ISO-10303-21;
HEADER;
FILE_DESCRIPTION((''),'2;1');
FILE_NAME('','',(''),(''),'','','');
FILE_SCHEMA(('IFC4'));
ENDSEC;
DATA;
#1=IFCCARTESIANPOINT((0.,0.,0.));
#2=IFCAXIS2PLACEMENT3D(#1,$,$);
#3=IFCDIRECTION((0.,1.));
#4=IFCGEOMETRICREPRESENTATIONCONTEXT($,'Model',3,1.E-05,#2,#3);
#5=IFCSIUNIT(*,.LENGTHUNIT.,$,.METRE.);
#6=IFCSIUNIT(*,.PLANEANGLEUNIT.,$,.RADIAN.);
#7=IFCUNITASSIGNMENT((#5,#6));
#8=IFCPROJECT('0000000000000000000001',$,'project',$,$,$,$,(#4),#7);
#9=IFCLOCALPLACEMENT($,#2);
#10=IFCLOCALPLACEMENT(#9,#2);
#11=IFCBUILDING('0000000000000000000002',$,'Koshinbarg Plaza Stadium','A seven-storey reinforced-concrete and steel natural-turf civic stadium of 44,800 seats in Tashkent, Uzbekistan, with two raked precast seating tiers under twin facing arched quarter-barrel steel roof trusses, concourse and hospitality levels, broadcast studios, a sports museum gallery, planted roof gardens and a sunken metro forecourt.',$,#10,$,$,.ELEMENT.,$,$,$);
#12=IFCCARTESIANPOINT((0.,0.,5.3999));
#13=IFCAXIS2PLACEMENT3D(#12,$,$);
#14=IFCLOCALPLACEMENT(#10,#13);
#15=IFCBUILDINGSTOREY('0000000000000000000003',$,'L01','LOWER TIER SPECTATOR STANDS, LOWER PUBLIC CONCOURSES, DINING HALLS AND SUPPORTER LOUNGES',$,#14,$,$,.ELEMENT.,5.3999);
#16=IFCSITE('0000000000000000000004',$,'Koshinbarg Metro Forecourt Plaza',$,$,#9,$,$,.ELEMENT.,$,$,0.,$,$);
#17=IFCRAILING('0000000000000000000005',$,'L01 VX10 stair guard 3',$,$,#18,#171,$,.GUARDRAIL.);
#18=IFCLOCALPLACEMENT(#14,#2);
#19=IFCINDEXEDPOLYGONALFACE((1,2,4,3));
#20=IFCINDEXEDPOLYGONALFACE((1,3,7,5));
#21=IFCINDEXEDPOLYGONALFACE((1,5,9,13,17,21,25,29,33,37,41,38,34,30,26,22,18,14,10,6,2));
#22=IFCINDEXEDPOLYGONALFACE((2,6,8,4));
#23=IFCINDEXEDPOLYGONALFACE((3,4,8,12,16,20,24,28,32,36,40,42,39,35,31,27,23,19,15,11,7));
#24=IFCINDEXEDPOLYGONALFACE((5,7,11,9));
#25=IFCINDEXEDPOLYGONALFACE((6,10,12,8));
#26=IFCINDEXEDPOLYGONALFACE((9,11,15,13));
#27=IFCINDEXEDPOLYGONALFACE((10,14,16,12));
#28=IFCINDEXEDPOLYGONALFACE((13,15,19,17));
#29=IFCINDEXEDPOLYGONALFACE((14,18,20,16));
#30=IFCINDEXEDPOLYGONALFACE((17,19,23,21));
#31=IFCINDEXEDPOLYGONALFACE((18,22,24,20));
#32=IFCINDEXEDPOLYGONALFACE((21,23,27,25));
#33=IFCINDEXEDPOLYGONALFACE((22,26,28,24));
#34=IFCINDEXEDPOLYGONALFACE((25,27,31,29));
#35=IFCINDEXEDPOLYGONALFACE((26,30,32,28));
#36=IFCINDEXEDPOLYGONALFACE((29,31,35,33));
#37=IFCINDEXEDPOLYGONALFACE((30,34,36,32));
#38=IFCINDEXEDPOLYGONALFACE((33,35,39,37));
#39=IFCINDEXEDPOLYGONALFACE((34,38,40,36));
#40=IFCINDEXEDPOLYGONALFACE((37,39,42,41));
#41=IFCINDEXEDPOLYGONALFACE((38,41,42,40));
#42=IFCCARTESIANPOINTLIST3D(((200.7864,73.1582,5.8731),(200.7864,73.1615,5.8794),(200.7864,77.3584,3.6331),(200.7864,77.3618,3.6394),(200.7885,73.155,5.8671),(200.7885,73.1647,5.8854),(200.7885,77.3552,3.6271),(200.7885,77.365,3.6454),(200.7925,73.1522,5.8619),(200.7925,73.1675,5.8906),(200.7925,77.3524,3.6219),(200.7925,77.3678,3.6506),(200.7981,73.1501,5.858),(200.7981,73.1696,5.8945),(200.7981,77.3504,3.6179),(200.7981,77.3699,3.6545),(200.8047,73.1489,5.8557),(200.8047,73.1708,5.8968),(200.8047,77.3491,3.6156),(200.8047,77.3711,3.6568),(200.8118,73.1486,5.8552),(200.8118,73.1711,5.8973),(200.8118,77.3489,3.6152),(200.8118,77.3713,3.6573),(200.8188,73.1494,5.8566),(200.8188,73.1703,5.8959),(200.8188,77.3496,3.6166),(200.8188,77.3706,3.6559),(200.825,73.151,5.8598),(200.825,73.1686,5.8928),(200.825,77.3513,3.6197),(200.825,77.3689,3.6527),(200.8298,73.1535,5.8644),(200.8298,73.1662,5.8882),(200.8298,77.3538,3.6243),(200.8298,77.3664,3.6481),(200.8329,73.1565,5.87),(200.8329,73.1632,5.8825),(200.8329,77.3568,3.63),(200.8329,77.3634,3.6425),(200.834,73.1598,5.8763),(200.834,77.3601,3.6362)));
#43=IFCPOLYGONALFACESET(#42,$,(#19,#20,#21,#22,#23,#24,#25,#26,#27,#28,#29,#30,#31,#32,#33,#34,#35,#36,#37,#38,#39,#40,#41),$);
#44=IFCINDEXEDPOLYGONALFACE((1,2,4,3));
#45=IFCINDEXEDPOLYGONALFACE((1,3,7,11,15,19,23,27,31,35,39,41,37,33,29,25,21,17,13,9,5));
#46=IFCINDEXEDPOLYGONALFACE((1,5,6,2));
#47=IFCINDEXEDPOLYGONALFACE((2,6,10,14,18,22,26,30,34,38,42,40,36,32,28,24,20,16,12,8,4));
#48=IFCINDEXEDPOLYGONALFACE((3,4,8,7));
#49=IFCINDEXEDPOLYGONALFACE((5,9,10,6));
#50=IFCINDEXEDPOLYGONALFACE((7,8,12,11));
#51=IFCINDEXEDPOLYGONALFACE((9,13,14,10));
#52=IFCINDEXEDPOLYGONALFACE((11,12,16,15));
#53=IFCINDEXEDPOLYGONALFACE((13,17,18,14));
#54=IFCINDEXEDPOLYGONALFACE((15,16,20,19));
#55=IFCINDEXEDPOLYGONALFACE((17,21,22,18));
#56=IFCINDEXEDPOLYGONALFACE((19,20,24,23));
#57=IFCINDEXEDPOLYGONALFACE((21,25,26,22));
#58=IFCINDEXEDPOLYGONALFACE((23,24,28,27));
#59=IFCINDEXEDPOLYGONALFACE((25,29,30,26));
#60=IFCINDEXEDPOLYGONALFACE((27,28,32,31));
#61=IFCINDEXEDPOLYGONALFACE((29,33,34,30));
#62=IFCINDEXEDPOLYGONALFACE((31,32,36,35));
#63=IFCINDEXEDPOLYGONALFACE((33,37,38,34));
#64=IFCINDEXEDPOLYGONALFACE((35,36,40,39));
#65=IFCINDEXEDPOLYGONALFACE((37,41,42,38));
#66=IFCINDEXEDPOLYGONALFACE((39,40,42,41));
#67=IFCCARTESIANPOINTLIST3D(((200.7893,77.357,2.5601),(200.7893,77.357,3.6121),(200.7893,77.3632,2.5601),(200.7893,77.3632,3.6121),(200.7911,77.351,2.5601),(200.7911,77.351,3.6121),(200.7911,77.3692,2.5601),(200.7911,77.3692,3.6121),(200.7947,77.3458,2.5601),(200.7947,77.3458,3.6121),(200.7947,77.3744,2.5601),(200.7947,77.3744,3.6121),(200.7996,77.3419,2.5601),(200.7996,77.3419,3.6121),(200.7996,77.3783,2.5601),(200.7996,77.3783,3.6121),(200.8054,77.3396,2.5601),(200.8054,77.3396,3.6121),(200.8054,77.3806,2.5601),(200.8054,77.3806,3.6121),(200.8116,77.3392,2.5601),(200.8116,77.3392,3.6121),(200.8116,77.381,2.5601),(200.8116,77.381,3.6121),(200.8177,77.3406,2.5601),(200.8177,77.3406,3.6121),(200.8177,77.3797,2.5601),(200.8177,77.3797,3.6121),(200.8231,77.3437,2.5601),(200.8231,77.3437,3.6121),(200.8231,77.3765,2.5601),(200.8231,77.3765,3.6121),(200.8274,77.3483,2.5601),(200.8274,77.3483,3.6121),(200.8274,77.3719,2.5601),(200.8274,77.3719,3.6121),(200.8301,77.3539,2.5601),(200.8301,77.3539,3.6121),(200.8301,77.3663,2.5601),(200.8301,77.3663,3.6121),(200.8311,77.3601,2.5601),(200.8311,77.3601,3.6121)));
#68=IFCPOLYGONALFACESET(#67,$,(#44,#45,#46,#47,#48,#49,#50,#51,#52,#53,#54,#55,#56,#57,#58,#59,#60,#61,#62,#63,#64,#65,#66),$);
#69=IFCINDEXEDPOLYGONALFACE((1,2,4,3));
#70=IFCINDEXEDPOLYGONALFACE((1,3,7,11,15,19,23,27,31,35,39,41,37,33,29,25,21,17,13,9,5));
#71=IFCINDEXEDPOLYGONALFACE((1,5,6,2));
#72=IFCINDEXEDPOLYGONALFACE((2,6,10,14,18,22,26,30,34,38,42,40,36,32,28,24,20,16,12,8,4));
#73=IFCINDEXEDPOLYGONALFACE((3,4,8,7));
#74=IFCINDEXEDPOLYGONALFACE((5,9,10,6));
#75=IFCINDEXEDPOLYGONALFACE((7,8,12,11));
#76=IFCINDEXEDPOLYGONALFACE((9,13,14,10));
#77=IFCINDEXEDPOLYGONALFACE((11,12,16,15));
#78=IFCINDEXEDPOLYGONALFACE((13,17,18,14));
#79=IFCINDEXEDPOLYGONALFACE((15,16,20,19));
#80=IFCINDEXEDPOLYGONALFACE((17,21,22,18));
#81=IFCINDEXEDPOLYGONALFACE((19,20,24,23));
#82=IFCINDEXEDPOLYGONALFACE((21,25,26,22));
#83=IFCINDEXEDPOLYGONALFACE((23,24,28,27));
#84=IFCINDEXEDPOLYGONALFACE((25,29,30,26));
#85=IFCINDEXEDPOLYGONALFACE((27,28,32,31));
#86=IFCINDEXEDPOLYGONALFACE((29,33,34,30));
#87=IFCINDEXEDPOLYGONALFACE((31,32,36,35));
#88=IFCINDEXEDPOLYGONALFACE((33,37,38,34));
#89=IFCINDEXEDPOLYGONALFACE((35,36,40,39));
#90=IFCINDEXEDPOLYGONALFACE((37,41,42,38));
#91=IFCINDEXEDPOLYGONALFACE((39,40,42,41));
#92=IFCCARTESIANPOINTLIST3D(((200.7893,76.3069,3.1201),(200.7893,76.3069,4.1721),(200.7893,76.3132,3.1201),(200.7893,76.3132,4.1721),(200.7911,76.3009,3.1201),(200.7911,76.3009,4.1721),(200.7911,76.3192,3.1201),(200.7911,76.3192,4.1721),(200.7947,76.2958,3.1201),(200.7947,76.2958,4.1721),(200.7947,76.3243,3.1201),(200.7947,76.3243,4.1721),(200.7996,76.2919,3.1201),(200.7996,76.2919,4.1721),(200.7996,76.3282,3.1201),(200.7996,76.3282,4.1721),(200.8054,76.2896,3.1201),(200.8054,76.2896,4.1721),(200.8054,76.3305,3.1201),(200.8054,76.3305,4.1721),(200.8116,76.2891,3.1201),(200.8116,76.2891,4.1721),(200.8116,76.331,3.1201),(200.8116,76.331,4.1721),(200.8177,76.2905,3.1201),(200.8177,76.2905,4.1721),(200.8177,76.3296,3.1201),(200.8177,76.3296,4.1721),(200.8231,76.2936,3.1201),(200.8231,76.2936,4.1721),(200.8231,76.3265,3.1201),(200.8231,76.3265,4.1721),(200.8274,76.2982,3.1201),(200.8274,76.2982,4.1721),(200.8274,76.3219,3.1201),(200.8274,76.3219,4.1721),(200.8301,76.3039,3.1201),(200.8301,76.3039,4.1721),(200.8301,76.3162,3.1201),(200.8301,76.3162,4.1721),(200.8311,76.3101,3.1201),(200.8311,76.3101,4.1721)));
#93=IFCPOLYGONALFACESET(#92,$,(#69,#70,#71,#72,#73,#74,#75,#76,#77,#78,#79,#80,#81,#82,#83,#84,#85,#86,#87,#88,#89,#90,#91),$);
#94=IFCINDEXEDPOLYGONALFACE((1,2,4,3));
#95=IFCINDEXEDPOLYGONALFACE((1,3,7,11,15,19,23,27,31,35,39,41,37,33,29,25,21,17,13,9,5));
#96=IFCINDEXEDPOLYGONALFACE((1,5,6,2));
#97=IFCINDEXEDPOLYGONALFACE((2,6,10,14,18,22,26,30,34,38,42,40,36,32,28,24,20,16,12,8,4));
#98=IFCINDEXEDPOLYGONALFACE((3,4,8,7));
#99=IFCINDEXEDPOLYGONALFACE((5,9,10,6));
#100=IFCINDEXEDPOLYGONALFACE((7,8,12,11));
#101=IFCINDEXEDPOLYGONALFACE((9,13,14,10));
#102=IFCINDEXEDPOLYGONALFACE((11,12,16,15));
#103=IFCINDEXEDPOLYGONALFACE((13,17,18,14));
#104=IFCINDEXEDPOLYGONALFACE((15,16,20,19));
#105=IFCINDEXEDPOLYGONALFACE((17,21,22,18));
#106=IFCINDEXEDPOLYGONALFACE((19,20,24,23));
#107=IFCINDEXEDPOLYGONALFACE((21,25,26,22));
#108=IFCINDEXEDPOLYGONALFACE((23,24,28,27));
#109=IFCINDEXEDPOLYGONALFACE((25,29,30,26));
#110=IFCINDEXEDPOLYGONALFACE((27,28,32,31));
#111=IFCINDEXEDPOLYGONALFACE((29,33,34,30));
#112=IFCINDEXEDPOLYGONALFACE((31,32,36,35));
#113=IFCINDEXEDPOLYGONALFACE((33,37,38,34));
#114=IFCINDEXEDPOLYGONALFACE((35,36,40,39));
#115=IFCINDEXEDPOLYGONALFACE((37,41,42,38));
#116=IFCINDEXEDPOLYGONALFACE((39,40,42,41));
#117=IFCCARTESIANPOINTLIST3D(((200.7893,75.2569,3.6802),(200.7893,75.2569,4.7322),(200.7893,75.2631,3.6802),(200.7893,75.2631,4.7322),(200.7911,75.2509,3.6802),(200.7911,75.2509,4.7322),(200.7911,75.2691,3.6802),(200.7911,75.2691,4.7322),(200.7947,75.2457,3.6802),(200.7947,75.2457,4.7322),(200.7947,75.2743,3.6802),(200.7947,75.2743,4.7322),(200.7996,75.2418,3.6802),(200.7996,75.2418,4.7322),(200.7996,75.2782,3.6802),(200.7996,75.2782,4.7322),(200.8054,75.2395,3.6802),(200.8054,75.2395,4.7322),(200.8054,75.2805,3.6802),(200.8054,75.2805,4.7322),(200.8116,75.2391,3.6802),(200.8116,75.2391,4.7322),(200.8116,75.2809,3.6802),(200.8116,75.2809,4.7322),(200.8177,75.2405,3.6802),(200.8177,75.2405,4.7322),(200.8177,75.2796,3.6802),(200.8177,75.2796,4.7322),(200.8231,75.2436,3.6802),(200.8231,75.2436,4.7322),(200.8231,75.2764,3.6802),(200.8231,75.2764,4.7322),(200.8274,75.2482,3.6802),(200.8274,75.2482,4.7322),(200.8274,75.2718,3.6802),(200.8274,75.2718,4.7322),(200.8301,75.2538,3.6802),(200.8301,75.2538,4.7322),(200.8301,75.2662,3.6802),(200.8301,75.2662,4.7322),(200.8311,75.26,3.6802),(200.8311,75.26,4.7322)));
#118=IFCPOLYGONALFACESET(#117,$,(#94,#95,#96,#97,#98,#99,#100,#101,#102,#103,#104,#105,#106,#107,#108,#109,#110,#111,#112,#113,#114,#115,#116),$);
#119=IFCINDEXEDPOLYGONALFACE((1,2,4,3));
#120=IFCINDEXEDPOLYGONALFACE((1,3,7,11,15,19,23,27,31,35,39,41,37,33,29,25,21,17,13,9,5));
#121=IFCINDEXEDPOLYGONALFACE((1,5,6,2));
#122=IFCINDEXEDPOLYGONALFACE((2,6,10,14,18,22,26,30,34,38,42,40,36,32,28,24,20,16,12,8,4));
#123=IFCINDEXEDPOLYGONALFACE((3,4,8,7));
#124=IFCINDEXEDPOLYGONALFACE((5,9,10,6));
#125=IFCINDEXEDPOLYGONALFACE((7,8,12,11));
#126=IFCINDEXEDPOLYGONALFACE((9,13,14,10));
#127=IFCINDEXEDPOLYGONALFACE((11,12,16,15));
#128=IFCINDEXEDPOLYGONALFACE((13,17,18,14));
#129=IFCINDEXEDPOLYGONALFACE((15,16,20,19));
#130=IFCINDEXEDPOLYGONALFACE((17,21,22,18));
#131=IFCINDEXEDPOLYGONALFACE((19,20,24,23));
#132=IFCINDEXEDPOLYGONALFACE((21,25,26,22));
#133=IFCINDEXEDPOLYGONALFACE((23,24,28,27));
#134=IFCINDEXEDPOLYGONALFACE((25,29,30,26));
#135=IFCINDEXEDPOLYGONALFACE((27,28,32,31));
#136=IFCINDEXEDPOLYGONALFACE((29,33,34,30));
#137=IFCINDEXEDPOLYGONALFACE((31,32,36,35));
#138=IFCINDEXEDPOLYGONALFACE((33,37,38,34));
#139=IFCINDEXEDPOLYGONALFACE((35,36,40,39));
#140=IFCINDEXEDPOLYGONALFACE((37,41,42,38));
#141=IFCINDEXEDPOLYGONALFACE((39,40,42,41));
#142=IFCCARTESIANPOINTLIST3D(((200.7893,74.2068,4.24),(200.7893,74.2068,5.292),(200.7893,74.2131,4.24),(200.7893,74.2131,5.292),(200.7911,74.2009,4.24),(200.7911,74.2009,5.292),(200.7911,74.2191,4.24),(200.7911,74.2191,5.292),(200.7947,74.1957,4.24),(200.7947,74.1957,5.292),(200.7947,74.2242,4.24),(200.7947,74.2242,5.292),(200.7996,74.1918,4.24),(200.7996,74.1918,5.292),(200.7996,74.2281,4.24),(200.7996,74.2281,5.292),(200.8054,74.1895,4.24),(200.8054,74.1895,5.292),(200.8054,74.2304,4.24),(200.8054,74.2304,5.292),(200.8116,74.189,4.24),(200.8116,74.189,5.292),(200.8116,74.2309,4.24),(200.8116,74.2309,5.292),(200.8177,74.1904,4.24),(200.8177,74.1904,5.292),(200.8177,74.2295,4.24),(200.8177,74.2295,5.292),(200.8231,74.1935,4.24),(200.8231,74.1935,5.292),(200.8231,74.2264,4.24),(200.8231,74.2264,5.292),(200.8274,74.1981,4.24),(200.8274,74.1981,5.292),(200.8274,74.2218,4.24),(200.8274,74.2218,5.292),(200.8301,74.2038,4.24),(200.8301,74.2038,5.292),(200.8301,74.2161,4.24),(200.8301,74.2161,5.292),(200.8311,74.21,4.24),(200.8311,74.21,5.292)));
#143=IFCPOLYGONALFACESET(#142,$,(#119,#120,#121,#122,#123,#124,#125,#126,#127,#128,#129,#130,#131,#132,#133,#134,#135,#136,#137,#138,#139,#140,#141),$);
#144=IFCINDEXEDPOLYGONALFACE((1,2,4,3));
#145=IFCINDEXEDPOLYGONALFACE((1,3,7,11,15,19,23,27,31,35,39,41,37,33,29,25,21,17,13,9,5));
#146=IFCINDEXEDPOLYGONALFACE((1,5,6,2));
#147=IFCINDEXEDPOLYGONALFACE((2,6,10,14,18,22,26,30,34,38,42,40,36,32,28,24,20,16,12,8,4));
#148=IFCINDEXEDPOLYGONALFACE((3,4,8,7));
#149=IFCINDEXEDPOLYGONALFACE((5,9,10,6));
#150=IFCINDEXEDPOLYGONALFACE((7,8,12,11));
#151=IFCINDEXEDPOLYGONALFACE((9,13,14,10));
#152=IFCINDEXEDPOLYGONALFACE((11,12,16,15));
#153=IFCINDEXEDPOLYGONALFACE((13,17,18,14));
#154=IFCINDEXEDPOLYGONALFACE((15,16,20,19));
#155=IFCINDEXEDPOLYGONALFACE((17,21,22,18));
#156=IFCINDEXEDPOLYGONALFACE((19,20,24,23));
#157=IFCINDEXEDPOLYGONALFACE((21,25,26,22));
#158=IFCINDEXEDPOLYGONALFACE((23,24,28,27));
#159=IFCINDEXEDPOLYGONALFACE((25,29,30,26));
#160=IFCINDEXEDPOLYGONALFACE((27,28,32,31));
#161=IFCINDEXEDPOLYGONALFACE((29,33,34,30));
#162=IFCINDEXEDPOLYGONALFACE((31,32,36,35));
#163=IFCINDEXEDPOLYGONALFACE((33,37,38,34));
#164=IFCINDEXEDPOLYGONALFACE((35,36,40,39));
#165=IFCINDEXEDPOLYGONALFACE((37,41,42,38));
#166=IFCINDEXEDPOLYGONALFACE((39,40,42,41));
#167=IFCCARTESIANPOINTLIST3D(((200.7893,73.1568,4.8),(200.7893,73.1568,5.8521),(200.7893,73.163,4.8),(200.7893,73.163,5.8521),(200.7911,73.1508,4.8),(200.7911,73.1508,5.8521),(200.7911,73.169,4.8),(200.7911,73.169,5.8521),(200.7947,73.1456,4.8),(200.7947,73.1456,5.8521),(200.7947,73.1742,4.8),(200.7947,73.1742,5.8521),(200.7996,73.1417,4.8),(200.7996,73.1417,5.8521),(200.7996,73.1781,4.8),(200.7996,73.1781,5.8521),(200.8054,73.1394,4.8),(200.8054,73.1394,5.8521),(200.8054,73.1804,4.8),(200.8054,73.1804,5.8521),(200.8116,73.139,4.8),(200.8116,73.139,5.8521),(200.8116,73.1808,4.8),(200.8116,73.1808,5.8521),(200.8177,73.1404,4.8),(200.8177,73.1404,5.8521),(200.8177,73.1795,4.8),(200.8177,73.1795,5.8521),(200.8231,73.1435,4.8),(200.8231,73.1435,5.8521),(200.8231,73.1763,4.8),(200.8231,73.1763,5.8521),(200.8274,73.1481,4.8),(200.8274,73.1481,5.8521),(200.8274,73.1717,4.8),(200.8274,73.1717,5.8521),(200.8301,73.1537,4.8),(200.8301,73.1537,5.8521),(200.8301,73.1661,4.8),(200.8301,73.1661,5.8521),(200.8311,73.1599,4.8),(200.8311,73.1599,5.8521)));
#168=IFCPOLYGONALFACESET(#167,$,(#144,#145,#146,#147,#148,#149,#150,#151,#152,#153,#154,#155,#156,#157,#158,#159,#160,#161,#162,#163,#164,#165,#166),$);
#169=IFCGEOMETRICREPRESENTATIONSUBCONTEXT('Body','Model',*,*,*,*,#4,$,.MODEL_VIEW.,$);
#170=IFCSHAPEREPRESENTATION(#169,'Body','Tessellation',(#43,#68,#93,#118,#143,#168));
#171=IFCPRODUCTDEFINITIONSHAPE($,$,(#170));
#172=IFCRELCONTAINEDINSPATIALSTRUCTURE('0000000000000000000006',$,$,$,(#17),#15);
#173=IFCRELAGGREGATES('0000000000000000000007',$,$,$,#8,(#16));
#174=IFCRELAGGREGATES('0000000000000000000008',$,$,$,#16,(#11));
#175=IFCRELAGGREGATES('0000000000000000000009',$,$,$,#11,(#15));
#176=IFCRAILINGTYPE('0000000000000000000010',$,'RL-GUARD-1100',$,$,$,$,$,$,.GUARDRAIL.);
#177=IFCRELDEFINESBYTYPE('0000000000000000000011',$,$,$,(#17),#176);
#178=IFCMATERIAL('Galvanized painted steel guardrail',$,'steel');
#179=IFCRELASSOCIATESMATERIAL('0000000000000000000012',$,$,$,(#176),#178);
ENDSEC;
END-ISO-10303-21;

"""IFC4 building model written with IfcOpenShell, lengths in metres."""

from ifc_helpers import new_model, si_unit, direction, frame, origin, origin_2d, place, context, subcontext, project, spatial, circle, extrude, material, type_object, element, save


model = new_model("IFC4")

# Units and contexts
model_context = context("Model", 3, precision=1e-05, world=origin(), true_north=direction((0.0, 1.0)))
body_context = subcontext(model_context, "Body", "Model", "MODEL_VIEW")
ifc_project = project(units=[si_unit("LENGTHUNIT", "METRE"), si_unit("PLANEANGLEUNIT", "RADIAN")], contexts=[model_context])

# Site, building, storey
site_placement = place(None, origin())
site = spatial("IfcSite", under=ifc_project, at=site_placement, Name="Koshinbarg Metro Forecourt Plaza", CompositionType="ELEMENT", RefElevation=0.0)
building_placement = place(site_placement, origin())
building = spatial("IfcBuilding", under=site, at=building_placement, Name="Koshinbarg Plaza Stadium", Description="A seven-storey reinforced-concrete and steel natural-turf civic stadium of 44,800 seats in Tashkent, Uzbekistan, with two raked precast seating tiers under twin facing arched quarter-barrel steel roof trusses, concourse and hospitality levels, broadcast studios, a sports museum gallery, planted roof gardens and a sunken metro forecourt.", CompositionType="ELEMENT")
storey_placement = place(building_placement, frame((0.0, 0.0, 5.3999)))
storey = spatial("IfcBuildingStorey", under=building, at=storey_placement, Name="L01", Description="LOWER TIER SPECTATOR STANDS, LOWER PUBLIC CONCOURSES, DINING HALLS AND SUPPORTER LOUNGES", CompositionType="ELEMENT", Elevation=5.3999)

# Railing
ifc_material_1 = material(Name="Galvanized painted steel guardrail", Category="steel")
railing_type_1 = type_object("IfcRailingType", Name="RL-GUARD-1100", PredefinedType="GUARDRAIL", material=ifc_material_1)
railing_1_placement = place(storey_placement, frame((200.8101, 77.3601, 2.5601)))
element("IfcRailing", 1, at=railing_1_placement, inside=storey, type_object=railing_type_1, Name="L01 VX10 stair guard 3", PredefinedType="GUARDRAIL", context=body_context, shape_type="SweptSolid", body=[
    extrude(circle(Radius=0.0239, at=origin_2d()), frame((0.0, 0.0, 1.0762), z_axis=(0.0, -0.882363, 0.47057), x_axis=(1.0, 0.0, 0.0)), (0.0, 0.0, 1.0), 4.7603),
    extrude(circle(Radius=0.021, at=origin_2d()), origin(), (0.0, 0.0, 1.0), 1.052),
    extrude(circle(Radius=0.021, at=origin_2d()), frame((0.0, -1.05, 0.5601)), (0.0, 0.0, 1.0), 1.052),
    extrude(circle(Radius=0.021, at=origin_2d()), frame((0.0, -2.1001, 1.1201)), (0.0, 0.0, 1.0), 1.052),
    extrude(circle(Radius=0.021, at=origin_2d()), frame((0.0, -3.1501, 1.6799)), (0.0, 0.0, 1.0), 1.052),
    extrude(circle(Radius=0.021, at=origin_2d()), frame((0.0, -4.2002, 2.24)), (0.0, 0.0, 1.0), 1.052),
])

save(model, "model.ifc")
